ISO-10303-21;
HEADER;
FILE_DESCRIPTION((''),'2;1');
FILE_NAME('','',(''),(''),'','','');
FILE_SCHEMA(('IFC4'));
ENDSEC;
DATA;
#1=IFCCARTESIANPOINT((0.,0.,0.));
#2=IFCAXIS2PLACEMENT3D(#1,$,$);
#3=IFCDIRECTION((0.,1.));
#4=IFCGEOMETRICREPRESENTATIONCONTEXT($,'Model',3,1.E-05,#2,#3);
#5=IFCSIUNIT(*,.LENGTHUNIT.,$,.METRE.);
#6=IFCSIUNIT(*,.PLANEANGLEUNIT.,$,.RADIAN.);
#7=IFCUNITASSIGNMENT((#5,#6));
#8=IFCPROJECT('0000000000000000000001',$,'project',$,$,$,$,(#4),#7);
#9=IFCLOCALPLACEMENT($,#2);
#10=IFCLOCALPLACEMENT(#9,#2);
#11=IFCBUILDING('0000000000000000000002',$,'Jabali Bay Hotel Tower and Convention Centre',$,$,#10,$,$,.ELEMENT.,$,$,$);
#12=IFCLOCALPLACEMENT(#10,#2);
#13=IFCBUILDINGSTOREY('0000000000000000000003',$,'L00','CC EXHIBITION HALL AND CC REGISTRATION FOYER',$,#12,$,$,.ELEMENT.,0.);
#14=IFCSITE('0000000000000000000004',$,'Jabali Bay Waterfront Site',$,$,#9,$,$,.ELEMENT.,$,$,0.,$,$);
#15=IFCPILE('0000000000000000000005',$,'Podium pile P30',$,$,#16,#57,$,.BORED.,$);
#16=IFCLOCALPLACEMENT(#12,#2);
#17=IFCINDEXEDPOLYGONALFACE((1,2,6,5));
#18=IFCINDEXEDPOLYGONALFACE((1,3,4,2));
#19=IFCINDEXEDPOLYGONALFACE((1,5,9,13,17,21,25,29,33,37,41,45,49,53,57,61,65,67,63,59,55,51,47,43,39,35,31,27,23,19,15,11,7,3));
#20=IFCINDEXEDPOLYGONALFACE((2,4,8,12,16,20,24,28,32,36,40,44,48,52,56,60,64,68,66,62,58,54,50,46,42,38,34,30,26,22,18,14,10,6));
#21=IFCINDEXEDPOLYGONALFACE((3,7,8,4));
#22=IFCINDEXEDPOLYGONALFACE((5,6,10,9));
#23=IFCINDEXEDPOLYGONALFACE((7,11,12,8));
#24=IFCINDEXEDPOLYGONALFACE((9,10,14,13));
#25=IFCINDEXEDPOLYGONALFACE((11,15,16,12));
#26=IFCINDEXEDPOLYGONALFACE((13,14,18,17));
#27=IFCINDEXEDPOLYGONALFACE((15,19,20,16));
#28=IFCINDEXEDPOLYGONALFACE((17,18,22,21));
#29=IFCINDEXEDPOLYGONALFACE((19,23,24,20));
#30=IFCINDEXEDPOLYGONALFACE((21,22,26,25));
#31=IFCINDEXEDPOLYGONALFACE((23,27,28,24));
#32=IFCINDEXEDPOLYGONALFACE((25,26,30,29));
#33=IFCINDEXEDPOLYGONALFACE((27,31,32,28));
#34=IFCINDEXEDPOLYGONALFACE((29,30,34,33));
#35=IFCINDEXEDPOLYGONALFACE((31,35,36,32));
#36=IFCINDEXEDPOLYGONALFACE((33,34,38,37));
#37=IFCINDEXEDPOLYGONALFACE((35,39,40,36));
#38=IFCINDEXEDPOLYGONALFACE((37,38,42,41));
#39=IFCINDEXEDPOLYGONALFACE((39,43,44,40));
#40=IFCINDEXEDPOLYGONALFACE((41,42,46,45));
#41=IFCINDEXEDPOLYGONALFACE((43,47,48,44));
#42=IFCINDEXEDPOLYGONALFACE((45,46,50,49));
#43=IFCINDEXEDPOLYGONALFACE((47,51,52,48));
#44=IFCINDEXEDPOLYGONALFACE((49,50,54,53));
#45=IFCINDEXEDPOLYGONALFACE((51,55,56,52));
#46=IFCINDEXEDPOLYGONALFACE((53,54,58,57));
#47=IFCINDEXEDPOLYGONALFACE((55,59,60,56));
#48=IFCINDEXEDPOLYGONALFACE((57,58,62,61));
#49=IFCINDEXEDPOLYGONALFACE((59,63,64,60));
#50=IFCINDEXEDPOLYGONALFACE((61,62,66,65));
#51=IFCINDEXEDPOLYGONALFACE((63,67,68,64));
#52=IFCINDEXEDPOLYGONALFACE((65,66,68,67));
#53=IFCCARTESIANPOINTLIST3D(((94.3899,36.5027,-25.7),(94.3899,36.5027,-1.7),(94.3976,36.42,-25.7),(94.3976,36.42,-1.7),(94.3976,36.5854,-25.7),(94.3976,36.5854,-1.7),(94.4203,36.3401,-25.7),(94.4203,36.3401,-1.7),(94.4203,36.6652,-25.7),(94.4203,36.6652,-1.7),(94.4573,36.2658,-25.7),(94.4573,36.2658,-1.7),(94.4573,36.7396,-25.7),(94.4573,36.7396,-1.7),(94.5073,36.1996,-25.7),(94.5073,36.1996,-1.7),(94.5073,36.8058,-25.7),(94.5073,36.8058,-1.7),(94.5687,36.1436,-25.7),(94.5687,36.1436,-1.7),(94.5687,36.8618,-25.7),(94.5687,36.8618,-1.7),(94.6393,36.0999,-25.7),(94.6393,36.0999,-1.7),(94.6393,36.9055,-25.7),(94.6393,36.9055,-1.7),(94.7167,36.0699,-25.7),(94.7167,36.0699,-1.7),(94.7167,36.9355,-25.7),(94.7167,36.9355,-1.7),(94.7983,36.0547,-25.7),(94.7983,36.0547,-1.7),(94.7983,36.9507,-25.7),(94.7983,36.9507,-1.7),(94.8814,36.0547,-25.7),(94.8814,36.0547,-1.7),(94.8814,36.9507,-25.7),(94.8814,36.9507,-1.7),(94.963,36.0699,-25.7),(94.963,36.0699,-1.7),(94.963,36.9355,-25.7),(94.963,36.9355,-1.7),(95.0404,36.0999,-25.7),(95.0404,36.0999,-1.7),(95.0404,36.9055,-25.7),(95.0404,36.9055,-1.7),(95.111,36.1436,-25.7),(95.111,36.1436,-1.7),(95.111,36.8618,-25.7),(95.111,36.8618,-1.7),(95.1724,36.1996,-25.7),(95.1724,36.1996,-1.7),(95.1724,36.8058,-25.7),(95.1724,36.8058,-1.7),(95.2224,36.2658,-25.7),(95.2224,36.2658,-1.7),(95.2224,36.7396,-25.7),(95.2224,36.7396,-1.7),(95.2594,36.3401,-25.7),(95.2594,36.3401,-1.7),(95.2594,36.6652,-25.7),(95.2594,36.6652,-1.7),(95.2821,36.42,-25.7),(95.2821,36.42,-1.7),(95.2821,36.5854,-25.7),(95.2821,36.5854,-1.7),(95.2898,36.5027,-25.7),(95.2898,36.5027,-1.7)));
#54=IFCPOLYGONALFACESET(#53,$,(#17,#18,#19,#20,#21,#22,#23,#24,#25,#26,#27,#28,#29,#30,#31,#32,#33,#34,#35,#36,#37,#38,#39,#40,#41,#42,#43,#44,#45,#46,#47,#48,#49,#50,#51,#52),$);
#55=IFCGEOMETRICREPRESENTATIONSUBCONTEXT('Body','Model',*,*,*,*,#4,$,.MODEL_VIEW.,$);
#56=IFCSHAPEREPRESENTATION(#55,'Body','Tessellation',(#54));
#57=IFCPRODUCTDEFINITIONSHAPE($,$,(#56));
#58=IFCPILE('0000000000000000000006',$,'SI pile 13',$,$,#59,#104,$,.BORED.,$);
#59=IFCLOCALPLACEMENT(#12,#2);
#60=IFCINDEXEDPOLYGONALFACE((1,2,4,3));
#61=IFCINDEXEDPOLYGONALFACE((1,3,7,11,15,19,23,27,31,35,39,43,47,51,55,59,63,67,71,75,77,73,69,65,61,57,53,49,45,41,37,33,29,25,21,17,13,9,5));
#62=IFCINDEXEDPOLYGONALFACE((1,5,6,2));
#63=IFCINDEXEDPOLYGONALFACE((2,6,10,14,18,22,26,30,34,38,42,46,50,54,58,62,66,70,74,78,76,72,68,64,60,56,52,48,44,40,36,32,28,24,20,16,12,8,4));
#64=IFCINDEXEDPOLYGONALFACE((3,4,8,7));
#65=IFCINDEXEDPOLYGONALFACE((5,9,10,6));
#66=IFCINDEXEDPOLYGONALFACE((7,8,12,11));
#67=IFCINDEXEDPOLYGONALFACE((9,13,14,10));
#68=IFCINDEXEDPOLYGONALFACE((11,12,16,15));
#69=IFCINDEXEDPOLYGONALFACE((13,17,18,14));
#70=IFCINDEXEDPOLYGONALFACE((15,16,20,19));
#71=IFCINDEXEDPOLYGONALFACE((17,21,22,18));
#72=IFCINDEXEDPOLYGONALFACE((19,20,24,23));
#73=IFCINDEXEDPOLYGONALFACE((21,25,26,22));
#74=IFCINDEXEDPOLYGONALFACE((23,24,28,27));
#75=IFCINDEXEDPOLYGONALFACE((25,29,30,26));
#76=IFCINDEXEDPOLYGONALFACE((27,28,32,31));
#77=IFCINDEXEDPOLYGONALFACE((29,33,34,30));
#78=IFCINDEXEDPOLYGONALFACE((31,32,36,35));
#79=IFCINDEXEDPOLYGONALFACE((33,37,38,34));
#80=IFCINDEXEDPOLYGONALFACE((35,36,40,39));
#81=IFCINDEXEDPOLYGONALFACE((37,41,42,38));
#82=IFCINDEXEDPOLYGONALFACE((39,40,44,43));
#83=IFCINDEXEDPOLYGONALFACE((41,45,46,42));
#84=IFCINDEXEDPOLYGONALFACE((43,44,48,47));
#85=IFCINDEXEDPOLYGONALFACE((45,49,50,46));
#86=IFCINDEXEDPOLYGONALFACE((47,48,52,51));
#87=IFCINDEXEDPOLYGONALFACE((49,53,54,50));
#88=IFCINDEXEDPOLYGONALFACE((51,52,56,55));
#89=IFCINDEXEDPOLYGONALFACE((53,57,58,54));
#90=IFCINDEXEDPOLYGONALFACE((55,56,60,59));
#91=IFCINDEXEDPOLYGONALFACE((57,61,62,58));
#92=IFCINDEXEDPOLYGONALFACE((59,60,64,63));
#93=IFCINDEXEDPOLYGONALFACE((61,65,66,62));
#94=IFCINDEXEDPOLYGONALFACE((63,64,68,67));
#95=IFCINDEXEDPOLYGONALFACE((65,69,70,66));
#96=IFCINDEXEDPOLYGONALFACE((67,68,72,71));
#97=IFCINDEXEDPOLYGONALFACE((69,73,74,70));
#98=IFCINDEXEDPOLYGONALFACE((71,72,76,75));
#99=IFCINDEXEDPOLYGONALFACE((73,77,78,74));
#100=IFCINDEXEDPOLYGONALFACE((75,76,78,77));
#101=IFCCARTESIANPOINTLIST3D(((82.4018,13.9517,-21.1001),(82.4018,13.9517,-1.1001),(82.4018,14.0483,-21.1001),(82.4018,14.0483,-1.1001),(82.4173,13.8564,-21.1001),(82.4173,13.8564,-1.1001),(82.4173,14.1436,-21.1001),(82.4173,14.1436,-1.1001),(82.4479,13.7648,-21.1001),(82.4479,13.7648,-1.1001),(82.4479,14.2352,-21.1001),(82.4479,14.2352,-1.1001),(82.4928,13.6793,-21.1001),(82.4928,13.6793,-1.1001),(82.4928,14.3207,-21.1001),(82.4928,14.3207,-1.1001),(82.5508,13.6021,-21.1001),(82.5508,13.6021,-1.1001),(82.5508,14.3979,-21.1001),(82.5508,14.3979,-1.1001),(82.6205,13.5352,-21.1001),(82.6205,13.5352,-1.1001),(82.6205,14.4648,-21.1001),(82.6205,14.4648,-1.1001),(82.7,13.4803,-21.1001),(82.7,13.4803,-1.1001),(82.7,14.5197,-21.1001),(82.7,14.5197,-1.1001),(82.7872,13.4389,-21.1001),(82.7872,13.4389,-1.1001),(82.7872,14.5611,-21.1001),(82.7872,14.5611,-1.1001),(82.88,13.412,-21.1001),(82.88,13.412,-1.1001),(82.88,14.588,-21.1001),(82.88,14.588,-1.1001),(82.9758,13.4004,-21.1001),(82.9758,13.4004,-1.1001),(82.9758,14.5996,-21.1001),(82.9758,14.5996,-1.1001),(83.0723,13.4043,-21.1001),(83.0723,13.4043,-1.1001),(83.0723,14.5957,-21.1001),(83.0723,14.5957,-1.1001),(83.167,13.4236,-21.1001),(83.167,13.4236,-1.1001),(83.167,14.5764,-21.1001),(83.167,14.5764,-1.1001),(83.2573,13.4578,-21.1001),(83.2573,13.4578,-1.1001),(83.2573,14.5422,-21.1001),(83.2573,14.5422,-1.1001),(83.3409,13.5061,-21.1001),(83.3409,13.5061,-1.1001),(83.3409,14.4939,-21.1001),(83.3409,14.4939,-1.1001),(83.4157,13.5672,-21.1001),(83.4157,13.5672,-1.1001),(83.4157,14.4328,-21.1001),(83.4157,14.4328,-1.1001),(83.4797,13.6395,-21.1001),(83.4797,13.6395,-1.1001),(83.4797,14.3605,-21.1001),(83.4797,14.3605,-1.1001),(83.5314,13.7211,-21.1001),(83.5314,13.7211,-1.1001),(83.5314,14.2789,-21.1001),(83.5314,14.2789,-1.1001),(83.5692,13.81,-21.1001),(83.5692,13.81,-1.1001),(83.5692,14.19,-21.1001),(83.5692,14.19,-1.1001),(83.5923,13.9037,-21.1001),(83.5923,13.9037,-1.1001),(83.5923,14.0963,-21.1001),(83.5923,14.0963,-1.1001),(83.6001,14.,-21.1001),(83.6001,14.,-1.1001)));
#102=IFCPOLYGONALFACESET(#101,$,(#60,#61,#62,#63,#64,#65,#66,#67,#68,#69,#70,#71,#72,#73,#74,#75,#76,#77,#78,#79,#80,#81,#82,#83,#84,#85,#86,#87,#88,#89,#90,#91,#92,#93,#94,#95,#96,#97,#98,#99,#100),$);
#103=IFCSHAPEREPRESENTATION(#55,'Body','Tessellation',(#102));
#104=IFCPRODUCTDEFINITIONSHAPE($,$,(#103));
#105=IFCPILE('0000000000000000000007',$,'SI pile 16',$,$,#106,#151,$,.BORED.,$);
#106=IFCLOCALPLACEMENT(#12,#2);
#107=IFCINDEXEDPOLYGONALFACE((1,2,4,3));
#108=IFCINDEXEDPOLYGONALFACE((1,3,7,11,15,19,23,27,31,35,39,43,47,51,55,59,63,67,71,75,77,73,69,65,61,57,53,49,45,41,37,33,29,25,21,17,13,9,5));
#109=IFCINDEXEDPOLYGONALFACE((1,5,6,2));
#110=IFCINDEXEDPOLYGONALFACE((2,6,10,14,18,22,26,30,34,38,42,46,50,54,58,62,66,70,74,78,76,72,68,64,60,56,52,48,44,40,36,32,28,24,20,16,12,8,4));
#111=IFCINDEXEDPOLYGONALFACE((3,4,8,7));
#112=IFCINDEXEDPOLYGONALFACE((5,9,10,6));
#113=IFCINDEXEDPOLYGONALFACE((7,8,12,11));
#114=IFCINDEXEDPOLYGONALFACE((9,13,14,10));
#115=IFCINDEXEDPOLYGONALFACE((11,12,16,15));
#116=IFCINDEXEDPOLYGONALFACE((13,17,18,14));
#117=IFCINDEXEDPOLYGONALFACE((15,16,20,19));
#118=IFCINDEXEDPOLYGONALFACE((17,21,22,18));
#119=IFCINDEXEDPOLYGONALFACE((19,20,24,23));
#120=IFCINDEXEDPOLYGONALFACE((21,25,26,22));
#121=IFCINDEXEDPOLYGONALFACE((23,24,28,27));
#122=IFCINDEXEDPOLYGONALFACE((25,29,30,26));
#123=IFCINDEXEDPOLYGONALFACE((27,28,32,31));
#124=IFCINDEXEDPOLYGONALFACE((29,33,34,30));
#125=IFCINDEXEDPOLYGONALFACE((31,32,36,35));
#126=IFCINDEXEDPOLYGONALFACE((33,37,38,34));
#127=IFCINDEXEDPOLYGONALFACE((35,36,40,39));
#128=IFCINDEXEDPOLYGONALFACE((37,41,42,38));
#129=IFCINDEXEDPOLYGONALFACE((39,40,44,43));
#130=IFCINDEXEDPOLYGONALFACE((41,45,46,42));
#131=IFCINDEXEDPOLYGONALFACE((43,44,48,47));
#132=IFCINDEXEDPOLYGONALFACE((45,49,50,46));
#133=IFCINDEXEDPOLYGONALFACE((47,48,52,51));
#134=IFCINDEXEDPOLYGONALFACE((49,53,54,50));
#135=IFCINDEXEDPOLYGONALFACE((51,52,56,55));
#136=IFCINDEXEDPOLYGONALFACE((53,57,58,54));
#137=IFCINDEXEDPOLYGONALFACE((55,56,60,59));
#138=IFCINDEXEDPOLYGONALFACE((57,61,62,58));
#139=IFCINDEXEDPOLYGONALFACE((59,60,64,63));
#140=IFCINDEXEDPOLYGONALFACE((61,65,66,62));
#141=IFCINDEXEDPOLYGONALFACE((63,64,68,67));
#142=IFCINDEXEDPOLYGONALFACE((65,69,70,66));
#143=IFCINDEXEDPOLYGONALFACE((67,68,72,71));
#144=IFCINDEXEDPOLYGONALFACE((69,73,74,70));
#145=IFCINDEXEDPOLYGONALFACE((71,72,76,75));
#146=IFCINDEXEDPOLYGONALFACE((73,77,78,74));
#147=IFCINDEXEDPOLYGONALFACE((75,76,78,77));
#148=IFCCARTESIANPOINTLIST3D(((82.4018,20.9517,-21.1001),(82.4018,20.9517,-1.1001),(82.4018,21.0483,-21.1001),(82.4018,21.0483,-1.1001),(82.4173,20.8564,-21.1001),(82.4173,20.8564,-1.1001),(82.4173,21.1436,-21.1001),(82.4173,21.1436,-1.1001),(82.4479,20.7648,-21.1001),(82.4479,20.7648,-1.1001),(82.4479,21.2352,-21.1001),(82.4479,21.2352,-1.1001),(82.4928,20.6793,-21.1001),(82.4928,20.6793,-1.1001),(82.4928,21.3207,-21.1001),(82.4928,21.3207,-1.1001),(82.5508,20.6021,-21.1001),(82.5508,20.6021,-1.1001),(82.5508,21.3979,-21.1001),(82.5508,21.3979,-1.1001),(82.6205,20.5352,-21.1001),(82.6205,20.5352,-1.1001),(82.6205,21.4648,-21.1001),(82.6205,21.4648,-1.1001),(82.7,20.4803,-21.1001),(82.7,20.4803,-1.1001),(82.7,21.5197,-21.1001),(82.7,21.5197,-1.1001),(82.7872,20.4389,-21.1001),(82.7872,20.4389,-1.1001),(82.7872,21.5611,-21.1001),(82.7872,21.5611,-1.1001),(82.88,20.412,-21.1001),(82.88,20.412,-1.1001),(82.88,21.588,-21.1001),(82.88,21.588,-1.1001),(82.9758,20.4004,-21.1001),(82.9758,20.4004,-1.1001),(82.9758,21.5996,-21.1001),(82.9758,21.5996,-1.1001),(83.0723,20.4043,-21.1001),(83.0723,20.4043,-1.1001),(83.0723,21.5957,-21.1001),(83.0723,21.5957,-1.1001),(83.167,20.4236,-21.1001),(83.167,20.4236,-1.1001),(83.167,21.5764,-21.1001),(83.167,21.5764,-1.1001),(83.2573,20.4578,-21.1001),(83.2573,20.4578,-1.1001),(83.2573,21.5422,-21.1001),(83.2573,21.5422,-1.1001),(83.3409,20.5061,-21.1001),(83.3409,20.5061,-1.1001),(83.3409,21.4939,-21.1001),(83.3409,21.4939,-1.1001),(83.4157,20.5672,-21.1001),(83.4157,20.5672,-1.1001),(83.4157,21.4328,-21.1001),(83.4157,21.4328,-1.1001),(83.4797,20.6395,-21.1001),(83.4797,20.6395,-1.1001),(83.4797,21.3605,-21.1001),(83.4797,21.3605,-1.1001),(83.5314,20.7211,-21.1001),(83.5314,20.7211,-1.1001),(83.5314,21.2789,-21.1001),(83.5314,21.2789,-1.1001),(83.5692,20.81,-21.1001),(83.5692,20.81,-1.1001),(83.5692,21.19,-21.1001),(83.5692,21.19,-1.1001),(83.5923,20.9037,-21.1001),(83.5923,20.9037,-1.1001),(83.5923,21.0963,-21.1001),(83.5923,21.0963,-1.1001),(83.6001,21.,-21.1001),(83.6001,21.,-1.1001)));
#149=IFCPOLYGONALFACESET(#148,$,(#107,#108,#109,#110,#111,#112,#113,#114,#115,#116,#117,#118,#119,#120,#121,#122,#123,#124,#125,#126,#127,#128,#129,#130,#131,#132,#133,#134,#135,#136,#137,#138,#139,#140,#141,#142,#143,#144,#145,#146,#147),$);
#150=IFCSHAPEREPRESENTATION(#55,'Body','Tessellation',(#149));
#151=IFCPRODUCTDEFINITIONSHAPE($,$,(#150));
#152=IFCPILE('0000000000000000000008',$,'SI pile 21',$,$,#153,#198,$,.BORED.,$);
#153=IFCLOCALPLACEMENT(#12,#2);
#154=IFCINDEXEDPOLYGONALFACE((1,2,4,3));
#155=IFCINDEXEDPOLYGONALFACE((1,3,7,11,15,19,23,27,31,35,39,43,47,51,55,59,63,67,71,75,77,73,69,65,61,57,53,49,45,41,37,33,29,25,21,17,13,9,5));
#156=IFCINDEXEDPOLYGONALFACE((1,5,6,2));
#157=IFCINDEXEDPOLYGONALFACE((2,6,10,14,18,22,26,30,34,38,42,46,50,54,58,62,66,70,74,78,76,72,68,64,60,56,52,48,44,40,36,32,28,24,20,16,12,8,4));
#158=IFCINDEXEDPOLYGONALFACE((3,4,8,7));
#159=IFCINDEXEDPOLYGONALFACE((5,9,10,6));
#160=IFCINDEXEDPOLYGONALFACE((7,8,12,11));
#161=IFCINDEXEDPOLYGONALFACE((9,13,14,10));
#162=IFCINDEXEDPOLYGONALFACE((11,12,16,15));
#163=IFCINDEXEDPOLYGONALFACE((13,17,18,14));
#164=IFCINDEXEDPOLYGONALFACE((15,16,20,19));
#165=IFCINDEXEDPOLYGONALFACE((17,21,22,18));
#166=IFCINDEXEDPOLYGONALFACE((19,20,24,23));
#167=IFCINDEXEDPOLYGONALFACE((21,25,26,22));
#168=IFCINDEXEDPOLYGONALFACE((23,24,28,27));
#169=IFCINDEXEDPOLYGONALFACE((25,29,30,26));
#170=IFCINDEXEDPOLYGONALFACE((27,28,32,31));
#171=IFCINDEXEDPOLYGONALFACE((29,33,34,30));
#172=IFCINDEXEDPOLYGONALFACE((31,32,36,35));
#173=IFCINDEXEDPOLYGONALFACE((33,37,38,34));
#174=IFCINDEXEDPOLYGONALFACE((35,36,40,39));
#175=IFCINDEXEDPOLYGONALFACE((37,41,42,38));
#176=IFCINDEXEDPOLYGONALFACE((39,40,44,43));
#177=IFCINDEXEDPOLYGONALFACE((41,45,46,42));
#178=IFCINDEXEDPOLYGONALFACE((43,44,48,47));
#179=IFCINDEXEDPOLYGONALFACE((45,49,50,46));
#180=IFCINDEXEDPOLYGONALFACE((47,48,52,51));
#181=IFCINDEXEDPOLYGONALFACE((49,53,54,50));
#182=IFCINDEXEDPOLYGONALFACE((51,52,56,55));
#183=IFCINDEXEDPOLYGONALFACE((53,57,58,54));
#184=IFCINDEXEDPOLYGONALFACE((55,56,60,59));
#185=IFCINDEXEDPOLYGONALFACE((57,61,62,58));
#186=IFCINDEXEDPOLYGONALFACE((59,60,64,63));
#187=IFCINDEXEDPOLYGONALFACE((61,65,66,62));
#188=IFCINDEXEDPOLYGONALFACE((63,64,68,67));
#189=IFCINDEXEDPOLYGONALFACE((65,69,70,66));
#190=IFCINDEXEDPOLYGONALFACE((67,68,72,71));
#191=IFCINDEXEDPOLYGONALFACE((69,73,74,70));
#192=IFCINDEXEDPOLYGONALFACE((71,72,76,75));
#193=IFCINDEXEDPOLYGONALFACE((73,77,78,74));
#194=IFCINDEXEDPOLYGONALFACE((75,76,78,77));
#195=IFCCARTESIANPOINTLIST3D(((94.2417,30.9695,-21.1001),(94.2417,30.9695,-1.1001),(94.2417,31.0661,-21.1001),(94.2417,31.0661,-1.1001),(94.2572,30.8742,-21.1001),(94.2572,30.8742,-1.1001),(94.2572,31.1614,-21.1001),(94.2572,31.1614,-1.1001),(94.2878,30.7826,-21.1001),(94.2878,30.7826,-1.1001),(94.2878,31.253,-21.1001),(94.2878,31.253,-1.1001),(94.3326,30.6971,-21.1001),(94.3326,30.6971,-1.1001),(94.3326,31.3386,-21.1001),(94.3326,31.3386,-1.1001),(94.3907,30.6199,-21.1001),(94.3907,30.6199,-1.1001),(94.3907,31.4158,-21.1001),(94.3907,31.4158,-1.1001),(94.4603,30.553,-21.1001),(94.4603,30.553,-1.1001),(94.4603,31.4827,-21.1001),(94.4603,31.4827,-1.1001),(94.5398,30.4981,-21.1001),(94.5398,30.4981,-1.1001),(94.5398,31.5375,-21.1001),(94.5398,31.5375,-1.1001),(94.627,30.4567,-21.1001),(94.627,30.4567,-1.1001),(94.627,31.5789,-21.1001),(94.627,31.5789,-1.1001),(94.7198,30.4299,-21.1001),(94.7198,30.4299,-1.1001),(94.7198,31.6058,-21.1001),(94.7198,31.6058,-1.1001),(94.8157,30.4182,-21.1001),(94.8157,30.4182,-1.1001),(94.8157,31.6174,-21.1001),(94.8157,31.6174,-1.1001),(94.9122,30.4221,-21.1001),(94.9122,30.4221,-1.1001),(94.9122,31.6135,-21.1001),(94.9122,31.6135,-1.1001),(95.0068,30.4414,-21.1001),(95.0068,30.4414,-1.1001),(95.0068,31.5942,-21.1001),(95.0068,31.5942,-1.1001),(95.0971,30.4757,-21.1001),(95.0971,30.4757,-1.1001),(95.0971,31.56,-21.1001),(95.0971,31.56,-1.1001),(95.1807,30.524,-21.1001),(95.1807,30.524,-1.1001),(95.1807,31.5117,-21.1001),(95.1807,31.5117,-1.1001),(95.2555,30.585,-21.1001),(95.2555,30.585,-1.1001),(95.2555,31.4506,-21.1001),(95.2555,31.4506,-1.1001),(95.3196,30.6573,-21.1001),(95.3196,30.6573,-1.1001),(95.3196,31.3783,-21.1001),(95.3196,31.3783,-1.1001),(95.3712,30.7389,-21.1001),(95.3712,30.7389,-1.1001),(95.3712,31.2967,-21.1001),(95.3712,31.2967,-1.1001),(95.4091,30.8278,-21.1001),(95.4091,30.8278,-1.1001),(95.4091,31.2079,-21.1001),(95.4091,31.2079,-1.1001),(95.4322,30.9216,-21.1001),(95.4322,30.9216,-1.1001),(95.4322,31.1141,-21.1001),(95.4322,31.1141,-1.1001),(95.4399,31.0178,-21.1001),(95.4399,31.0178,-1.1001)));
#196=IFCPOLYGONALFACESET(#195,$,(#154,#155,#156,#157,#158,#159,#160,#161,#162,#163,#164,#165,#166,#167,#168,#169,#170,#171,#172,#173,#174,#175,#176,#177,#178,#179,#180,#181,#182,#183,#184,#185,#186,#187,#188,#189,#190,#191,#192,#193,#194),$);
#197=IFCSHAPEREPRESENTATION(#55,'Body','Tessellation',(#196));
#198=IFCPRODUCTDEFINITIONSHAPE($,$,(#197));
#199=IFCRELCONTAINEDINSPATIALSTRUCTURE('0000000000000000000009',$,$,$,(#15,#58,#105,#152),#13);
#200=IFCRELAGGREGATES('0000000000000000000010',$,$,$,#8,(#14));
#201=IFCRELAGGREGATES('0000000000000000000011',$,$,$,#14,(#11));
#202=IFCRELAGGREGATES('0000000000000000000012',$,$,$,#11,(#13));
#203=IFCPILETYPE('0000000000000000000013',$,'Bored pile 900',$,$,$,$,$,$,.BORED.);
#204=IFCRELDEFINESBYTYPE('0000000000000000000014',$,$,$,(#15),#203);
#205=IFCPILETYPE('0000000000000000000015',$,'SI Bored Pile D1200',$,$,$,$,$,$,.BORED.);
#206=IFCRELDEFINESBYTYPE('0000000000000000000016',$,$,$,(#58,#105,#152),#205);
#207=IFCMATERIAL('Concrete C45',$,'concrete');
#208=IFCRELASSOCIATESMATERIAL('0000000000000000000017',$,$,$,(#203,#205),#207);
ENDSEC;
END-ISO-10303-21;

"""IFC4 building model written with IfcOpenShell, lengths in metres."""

from ifc_helpers import new_model, si_unit, direction, frame, origin, origin_2d, place, context, subcontext, project, spatial, circle, extrude, material, material_profile, profile_set, type_object, element, save


model = new_model("IFC4")

# Units and contexts
model_context = context("Model", 3, precision=1e-05, world=origin(), true_north=direction((0.0, 1.0)))
body_context = subcontext(model_context, "Body", "Model", "MODEL_VIEW")
ifc_project = project(units=[si_unit("LENGTHUNIT", "METRE"), si_unit("PLANEANGLEUNIT", "RADIAN")], contexts=[model_context])

# Site, building, storey
site_placement = place(None, origin())
site = spatial("IfcSite", under=ifc_project, at=site_placement, Name="Jabali Bay Waterfront Site", CompositionType="ELEMENT", RefElevation=0.0)
building_placement = place(site_placement, origin())
building = spatial("IfcBuilding", under=site, at=building_placement, Name="Jabali Bay Hotel Tower and Convention Centre", CompositionType="ELEMENT")
storey_placement = place(building_placement, origin())
storey = spatial("IfcBuildingStorey", under=building, at=storey_placement, Name="L00", Description="CC EXHIBITION HALL AND CC REGISTRATION FOYER", CompositionType="ELEMENT", Elevation=0.0)

# Piles
ifc_material_1 = material(Name="Concrete C45", Category="concrete")
ifc_material_profile_1 = material_profile(ifc_material_1, circle(Radius=0.45, at=origin_2d()), Name="Bored pile 900")
ifc_profile_set_1 = profile_set([ifc_material_profile_1], Name="Concrete C45")
pile_type_1 = type_object("IfcPileType", Name="Bored pile 900", PredefinedType="BORED", material=ifc_profile_set_1)
pile_placement = place(storey_placement, frame((94.8398, 36.5027, -1.7), z_axis=(0.0, 0.0, -1.0), x_axis=(1.0, 0.0, 0.0)))
element("IfcPile", 1, at=pile_placement, inside=storey, type_object=pile_type_1, Name="Podium pile P30", PredefinedType="BORED", context=body_context, shape_type="SweptSolid", body=[
    extrude(circle(Radius=0.45, at=origin_2d()), origin(), (0.0, 0.0, 1.0), 24.0),
])
ifc_material_profile_2 = material_profile(ifc_material_1, circle(Radius=0.6001, at=origin_2d()), Name="D1200")
ifc_profile_set_2 = profile_set([ifc_material_profile_2], Name="Concrete C45")
pile_type_2 = type_object("IfcPileType", Name="SI Bored Pile D1200", PredefinedType="BORED", material=ifc_profile_set_2)
for number, where, z_axis, x_axis, name in (
    (2, (83.0, 14.0, -1.1001), (0.0, 0.0, -1.0), (1.0, 0.0, 0.0), "SI pile 13"),
    (3, (83.0, 21.0, -1.1001), (0.0, 0.0, -1.0), (1.0, 0.0, 0.0), "SI pile 16"),
    (4, (94.8398, 31.0178, -1.1001), (0.0, 0.0, -1.0), (1.0, 0.0, 0.0), "SI pile 21"),
):
    element("IfcPile", number, at=place(storey_placement, frame(where, z_axis=z_axis, x_axis=x_axis)), inside=storey, type_object=pile_type_2, Name=name, PredefinedType="BORED", context=body_context, shape_type="SweptSolid", body=[
        extrude(circle(Radius=0.6001, at=origin_2d()), origin(), (0.0, 0.0, 1.0), 20.0),
    ])

save(model, "model.ifc")
